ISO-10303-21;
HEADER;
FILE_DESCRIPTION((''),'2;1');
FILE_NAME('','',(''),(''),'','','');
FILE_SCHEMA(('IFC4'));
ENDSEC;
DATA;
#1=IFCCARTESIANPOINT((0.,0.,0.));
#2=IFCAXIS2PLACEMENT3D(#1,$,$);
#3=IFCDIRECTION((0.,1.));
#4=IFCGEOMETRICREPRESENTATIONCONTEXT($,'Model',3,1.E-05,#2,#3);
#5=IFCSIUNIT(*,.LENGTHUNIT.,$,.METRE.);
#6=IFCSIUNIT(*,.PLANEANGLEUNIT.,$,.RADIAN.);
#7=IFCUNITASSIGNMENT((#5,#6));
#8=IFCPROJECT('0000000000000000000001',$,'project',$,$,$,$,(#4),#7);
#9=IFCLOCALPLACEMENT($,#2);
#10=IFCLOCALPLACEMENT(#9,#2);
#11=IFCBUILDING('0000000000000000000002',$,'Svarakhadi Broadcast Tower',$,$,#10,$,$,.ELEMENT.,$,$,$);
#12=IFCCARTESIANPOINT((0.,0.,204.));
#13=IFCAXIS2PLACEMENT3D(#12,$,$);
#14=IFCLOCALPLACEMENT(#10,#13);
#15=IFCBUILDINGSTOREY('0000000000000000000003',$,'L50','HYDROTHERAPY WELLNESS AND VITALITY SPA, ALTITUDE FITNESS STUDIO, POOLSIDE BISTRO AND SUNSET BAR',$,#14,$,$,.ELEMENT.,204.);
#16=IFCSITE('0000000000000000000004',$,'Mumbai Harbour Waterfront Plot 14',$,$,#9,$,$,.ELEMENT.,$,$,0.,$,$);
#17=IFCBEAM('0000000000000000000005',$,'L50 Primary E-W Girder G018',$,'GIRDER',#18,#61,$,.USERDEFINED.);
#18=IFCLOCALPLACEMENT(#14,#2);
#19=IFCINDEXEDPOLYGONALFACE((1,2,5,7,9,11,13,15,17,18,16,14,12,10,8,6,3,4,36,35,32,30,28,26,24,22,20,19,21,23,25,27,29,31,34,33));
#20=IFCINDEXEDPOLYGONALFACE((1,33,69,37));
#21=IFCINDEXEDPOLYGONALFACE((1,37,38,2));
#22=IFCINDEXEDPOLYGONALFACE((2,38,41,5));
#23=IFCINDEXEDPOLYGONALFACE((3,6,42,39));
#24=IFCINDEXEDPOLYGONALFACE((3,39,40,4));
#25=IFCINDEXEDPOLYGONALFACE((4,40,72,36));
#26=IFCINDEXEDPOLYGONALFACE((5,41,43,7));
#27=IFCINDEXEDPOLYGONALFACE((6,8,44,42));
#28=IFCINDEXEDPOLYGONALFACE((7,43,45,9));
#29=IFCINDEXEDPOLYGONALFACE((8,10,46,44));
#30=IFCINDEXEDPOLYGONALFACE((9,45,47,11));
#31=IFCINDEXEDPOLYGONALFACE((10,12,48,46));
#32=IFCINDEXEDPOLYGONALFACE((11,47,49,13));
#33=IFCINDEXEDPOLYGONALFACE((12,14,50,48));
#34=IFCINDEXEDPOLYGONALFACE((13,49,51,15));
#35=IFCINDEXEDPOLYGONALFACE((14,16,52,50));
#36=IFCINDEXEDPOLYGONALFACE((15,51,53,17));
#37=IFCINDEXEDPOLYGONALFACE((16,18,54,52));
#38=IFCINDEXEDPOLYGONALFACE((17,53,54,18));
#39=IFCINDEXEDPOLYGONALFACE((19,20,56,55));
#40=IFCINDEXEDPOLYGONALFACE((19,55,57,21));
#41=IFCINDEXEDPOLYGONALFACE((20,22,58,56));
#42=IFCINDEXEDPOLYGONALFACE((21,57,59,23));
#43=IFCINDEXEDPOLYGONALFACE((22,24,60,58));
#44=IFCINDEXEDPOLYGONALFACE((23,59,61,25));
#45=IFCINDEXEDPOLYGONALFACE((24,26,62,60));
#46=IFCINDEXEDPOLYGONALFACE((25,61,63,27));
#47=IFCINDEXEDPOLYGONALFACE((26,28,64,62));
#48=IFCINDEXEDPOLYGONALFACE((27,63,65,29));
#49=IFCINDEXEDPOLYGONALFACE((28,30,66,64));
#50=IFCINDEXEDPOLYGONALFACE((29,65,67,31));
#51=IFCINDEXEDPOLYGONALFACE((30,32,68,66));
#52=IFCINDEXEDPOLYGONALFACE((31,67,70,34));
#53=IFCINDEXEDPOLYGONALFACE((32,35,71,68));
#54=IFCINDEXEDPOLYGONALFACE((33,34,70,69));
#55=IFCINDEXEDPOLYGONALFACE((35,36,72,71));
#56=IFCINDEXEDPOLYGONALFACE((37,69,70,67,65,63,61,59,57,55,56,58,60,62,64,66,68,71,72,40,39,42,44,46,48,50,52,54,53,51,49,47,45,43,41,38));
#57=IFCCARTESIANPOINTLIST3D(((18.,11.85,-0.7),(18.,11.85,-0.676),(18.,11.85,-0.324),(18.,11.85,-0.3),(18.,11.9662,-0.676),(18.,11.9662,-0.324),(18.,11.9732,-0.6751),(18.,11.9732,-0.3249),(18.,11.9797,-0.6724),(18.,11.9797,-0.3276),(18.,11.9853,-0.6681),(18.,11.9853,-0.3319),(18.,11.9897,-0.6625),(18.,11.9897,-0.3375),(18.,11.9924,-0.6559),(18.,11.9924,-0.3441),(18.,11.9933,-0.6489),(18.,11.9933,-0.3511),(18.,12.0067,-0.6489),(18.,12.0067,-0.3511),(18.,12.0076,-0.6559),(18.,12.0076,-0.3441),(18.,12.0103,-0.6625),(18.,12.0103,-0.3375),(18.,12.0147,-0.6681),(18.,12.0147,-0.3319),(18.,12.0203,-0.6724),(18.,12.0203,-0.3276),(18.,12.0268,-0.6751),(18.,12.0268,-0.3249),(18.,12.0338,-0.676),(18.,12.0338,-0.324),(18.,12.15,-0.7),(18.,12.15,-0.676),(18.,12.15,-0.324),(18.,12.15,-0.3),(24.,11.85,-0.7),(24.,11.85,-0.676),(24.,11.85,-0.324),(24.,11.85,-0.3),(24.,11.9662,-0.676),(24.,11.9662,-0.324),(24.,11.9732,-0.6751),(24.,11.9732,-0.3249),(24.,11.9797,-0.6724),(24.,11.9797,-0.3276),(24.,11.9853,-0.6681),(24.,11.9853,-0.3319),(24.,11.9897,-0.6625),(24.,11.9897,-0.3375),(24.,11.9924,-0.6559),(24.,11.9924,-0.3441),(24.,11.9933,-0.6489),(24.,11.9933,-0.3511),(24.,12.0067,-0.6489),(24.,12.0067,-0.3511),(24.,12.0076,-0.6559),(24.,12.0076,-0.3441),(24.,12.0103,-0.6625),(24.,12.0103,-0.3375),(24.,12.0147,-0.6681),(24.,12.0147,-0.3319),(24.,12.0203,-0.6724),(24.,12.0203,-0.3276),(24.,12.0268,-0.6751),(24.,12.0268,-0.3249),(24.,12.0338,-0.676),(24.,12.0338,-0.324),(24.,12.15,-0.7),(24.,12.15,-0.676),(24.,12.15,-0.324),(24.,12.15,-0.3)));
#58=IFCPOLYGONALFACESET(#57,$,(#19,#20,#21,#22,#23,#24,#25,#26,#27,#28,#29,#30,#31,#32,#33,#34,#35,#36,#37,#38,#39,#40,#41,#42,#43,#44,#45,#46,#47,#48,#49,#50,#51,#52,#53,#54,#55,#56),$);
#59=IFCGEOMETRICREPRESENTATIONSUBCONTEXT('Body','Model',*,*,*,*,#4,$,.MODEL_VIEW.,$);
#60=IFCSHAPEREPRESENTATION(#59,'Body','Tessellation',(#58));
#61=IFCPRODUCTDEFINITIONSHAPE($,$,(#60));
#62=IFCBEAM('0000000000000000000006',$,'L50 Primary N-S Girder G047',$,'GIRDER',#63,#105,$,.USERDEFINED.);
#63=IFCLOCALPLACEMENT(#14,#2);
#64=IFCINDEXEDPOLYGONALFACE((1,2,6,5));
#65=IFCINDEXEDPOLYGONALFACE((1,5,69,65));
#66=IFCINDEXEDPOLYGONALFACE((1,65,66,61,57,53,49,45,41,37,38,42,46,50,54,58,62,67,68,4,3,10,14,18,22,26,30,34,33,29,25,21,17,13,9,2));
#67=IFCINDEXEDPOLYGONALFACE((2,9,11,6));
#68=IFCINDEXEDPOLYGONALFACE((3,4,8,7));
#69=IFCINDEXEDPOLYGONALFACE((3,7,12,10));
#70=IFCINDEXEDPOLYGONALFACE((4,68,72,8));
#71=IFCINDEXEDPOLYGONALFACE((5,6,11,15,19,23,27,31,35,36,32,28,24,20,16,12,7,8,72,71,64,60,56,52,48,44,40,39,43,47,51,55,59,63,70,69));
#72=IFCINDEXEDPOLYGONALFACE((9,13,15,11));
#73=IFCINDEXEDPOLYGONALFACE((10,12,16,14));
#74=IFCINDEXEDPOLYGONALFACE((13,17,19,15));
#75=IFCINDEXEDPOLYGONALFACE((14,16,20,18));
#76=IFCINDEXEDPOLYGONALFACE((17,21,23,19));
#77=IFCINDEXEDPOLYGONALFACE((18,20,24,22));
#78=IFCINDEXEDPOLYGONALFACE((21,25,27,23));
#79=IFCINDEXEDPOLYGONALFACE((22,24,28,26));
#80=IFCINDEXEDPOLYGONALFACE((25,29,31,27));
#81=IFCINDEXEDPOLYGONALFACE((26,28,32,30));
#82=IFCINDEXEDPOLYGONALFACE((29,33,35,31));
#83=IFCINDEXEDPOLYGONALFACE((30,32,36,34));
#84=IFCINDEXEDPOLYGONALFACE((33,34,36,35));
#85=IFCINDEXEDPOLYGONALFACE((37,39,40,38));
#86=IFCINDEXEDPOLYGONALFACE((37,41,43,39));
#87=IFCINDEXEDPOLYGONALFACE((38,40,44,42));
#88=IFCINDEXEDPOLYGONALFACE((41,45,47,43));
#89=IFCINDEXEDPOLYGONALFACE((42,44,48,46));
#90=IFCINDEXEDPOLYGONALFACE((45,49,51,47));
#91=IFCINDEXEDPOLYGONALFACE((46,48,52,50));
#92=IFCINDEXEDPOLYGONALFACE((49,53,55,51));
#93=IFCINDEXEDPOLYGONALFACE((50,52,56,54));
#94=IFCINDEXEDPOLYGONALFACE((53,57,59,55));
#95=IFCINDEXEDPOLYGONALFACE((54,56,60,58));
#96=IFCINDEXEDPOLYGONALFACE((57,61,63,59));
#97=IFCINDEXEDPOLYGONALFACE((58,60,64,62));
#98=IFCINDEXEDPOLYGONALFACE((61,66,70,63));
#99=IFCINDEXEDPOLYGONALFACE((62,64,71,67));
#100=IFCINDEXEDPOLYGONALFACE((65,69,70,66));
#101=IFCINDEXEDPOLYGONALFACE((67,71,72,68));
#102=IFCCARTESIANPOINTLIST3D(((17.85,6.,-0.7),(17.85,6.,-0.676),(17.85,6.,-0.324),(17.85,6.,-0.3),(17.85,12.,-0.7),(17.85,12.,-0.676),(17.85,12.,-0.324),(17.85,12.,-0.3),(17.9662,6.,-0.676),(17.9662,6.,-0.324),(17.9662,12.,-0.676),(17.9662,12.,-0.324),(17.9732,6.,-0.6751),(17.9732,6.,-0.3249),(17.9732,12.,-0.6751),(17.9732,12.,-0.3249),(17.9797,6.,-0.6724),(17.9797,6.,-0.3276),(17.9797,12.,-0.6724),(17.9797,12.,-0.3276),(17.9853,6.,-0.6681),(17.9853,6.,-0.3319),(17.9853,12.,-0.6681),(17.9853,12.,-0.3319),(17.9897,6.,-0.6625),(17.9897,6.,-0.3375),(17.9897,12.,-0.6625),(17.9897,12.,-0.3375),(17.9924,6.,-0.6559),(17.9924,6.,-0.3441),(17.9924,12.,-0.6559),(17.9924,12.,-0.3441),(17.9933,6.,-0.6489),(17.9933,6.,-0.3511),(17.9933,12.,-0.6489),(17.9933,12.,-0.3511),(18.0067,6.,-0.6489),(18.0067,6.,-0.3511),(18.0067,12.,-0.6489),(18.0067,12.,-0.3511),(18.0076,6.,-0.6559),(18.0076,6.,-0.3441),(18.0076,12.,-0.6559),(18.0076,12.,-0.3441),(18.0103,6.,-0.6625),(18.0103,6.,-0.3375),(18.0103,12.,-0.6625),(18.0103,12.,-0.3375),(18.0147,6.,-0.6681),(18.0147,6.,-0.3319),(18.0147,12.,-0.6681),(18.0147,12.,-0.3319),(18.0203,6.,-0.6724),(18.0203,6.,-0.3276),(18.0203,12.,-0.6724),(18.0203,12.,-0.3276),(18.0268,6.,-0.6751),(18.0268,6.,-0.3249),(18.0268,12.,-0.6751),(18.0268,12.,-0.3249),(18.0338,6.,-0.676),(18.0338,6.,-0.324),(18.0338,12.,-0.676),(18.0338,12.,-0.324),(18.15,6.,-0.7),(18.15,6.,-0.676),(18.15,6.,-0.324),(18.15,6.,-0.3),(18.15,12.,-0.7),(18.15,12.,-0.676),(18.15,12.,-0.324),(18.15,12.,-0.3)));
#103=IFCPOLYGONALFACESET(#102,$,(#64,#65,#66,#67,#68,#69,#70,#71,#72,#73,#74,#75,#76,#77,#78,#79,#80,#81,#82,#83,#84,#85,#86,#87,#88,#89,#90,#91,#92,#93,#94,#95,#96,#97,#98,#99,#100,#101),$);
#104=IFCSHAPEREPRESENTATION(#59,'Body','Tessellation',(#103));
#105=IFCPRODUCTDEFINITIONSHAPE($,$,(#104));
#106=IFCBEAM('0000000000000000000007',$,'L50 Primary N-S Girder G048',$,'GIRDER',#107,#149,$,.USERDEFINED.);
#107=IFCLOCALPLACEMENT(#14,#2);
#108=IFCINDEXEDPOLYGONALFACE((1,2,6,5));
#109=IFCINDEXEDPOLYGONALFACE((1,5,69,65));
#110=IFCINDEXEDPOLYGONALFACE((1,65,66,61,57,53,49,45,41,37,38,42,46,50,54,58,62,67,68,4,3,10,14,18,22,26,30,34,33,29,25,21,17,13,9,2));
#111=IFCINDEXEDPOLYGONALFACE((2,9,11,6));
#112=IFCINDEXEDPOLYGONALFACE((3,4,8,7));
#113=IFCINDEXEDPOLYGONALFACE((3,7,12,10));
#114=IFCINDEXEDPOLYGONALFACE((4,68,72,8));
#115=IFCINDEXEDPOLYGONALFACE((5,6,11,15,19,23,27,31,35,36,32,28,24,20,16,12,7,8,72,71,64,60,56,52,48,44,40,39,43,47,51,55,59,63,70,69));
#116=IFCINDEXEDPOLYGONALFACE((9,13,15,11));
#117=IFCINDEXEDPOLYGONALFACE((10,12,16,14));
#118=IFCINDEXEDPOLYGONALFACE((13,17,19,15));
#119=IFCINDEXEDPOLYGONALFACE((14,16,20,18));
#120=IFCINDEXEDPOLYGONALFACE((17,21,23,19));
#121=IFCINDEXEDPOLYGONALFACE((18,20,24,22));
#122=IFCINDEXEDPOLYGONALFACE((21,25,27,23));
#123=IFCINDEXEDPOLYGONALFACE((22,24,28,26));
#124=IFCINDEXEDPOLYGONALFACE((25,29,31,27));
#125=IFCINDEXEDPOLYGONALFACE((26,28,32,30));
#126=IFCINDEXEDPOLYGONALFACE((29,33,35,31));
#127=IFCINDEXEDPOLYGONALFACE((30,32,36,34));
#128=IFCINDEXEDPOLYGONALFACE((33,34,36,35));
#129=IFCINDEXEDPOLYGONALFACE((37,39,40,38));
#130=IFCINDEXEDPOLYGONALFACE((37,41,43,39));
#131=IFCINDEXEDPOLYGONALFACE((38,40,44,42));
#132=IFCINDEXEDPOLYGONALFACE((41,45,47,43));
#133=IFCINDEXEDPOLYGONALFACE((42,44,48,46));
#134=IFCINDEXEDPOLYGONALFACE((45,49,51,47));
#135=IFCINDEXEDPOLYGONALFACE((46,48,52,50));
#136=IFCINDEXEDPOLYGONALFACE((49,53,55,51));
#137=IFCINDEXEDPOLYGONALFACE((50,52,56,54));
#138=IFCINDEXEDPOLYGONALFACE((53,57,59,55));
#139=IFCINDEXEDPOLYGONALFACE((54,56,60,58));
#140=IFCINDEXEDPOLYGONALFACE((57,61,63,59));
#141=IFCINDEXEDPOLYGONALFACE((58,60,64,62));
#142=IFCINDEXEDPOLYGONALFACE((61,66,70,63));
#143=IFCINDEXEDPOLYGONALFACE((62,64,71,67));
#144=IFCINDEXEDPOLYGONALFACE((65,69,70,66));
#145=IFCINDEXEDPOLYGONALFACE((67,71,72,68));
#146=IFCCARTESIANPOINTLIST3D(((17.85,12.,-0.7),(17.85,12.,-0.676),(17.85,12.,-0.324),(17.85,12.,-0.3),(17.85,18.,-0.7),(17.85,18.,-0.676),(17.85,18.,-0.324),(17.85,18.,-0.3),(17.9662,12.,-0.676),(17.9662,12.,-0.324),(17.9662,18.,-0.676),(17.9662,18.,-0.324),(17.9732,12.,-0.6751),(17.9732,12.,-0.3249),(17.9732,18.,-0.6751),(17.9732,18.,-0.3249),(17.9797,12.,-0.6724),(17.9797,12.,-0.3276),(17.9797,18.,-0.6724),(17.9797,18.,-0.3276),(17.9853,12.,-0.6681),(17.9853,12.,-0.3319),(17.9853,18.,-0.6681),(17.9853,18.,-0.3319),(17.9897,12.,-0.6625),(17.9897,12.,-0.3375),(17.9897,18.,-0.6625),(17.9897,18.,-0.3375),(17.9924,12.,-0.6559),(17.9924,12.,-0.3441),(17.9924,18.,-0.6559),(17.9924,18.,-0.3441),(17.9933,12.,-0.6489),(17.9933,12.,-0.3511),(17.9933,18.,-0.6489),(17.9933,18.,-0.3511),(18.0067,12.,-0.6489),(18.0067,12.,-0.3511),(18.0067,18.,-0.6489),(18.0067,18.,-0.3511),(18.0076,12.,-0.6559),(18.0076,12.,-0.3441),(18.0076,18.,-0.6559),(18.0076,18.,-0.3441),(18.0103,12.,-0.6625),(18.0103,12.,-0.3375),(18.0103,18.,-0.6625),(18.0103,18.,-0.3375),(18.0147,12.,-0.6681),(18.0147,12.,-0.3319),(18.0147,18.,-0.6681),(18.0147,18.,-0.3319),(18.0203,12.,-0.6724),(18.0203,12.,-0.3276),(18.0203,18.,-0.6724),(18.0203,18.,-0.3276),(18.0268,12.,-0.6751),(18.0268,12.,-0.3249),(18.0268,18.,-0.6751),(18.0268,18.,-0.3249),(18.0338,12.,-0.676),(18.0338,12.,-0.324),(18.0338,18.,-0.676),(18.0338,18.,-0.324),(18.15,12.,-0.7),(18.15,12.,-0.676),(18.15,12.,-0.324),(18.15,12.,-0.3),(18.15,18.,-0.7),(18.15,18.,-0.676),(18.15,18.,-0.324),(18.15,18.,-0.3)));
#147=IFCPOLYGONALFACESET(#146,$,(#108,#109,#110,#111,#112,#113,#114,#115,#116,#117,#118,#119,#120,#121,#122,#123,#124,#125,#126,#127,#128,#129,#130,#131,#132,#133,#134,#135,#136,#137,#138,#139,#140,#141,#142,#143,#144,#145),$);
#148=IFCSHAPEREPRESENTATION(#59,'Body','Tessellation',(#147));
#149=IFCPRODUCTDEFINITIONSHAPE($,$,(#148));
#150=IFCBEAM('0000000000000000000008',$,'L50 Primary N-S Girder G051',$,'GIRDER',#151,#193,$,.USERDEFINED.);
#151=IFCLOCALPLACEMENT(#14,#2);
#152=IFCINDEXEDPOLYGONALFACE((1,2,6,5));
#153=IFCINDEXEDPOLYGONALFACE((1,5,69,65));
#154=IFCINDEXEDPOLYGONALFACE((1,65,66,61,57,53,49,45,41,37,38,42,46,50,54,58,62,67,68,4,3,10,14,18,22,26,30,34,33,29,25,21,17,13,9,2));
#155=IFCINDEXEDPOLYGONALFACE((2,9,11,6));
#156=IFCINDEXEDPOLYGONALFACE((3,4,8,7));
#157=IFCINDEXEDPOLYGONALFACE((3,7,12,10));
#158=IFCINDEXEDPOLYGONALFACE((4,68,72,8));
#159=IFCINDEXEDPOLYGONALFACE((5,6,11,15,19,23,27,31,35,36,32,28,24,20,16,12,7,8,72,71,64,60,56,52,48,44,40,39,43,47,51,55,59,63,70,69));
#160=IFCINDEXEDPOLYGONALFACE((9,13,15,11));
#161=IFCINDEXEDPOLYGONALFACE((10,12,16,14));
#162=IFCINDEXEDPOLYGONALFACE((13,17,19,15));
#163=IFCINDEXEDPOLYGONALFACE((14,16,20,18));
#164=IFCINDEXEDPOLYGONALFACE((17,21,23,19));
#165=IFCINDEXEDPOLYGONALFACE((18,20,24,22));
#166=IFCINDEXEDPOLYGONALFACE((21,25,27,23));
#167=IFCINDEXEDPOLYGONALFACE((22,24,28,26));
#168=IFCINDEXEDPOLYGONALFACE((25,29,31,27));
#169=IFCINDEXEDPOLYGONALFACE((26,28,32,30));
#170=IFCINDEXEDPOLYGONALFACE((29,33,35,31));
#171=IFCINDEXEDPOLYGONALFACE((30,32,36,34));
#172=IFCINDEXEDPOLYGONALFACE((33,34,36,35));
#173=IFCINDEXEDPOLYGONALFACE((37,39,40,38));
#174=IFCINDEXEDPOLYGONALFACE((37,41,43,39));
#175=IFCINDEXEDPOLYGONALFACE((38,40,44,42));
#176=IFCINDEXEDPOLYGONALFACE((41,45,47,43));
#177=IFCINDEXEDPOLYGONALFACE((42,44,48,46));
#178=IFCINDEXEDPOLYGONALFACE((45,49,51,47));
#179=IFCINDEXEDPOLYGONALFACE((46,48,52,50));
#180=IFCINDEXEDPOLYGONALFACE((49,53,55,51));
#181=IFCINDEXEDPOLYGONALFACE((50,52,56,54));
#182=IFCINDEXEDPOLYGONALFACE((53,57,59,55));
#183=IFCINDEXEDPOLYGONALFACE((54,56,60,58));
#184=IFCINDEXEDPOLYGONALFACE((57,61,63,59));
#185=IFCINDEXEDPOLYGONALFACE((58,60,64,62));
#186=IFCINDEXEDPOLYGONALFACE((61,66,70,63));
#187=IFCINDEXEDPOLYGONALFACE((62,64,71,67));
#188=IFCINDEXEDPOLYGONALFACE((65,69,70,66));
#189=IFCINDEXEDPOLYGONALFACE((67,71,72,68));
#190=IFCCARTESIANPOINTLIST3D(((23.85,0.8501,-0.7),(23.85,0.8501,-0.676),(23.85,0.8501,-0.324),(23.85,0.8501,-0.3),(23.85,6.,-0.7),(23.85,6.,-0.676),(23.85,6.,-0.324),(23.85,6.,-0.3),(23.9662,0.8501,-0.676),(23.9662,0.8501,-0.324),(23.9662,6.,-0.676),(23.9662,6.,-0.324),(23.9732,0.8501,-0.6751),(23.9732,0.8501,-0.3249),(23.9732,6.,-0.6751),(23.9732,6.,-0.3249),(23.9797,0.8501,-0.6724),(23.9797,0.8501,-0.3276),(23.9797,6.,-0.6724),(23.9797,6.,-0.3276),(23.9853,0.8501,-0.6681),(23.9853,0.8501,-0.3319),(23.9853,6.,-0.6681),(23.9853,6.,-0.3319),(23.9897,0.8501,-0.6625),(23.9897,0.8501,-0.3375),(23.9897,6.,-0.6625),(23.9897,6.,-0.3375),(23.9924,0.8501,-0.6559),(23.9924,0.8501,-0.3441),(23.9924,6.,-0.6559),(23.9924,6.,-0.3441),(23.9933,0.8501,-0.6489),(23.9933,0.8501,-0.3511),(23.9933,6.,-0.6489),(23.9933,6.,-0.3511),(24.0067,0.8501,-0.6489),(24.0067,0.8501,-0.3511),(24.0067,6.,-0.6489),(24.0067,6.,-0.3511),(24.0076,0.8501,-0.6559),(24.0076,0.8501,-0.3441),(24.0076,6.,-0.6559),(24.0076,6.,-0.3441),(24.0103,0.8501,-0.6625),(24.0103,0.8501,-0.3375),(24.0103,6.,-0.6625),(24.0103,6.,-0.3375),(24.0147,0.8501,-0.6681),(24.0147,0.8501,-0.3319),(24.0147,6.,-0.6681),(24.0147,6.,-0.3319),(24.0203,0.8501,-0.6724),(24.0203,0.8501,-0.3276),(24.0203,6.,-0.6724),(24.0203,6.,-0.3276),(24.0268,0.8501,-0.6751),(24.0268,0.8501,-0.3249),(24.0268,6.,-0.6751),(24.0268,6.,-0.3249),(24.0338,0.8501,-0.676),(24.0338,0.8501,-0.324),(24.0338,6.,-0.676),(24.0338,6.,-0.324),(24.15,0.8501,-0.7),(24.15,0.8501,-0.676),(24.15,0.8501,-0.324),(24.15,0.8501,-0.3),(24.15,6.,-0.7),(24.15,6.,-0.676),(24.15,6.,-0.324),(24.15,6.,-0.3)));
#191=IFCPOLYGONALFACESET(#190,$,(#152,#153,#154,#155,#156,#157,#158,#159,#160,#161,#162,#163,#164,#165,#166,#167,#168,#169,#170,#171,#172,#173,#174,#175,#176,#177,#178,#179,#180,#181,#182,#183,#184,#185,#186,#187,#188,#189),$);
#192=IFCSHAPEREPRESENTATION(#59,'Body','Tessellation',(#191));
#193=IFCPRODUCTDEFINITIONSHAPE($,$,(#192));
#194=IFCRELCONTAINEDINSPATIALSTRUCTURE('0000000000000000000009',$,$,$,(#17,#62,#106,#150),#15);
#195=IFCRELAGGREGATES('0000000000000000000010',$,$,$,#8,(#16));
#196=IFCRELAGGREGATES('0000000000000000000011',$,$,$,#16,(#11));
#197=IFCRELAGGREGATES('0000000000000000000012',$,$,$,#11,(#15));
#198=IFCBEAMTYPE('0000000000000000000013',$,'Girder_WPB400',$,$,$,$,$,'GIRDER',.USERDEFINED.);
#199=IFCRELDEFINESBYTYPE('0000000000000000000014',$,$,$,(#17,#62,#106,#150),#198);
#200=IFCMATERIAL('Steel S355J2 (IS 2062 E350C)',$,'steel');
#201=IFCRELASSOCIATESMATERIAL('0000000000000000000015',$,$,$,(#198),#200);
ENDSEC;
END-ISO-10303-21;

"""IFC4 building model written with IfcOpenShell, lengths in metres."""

from ifc_helpers import new_model, si_unit, direction, frame, origin, origin_2d, place, context, subcontext, project, spatial, i_section, extrude, material, material_profile, profile_set, type_object, element, save


model = new_model("IFC4")

# Units and contexts
model_context = context("Model", 3, precision=1e-05, world=origin(), true_north=direction((0.0, 1.0)))
body_context = subcontext(model_context, "Body", "Model", "MODEL_VIEW")
ifc_project = project(units=[si_unit("LENGTHUNIT", "METRE"), si_unit("PLANEANGLEUNIT", "RADIAN")], contexts=[model_context])

# Site, building, storey
site_placement = place(None, origin())
site = spatial("IfcSite", under=ifc_project, at=site_placement, Name="Mumbai Harbour Waterfront Plot 14", CompositionType="ELEMENT", RefElevation=0.0)
building_placement = place(site_placement, origin())
building = spatial("IfcBuilding", under=site, at=building_placement, Name="Svarakhadi Broadcast Tower", CompositionType="ELEMENT")
storey_placement = place(building_placement, frame((0.0, 0.0, 204.0)))
storey = spatial("IfcBuildingStorey", under=building, at=storey_placement, Name="L50", Description="HYDROTHERAPY WELLNESS AND VITALITY SPA, ALTITUDE FITNESS STUDIO, POOLSIDE BISTRO AND SUNSET BAR", CompositionType="ELEMENT", Elevation=204.0)

# Beams
ifc_material_1 = material(Name="Steel S355J2 (IS 2062 E350C)", Category="steel")
ifc_material_profile_1 = material_profile(ifc_material_1, i_section(OverallWidth=0.3, OverallDepth=0.3999, WebThickness=0.0134, FlangeThickness=0.0239, FilletRadius=0.0271, at=origin_2d()), Name="WPB 400x300x155")
ifc_profile_set_1 = profile_set([ifc_material_profile_1], Name="Steel S355J2 (IS 2062 E350C)")
beam_type_1 = type_object("IfcBeamType", Name="Girder_WPB400", ElementType="GIRDER", PredefinedType="USERDEFINED", material=ifc_profile_set_1)
for number, where, z_axis, x_axis, name in (
    (1, (18.0, 12.0, -0.5), (1.0, 0.0, 0.0), (0.0, 1.0, 0.0), "L50 Primary E-W Girder G018"),
    (2, (18.0, 6.0, -0.5), (0.0, 1.0, 0.0), (-1.0, 0.0, 0.0), "L50 Primary N-S Girder G047"),
    (3, (18.0, 12.0, -0.5), (0.0, 1.0, 0.0), (-1.0, 0.0, 0.0), "L50 Primary N-S Girder G048"),
):
    element("IfcBeam", number, at=place(storey_placement, frame(where, z_axis=z_axis, x_axis=x_axis)), inside=storey, type_object=beam_type_1, Name=name, ObjectType="GIRDER", PredefinedType="USERDEFINED", context=body_context, shape_type="SweptSolid", body=[
        extrude(i_section(OverallWidth=0.3, OverallDepth=0.3999, WebThickness=0.0134, FlangeThickness=0.0239, FilletRadius=0.0271, at=origin_2d()), origin(), (0.0, 0.0, 1.0), 6.0),
    ])
beam_1_placement = place(storey_placement, frame((24.0, 0.8501, -0.5), z_axis=(0.0, 1.0, 0.0), x_axis=(-1.0, 0.0, 0.0)))
element("IfcBeam", 4, at=beam_1_placement, inside=storey, type_object=beam_type_1, Name="L50 Primary N-S Girder G051", ObjectType="GIRDER", PredefinedType="USERDEFINED", context=body_context, shape_type="SweptSolid", body=[
    extrude(i_section(OverallWidth=0.3, OverallDepth=0.3999, WebThickness=0.0134, FlangeThickness=0.0239, FilletRadius=0.0271, at=origin_2d()), origin(), (0.0, 0.0, 1.0), 5.1499),
])

save(model, "model.ifc")
